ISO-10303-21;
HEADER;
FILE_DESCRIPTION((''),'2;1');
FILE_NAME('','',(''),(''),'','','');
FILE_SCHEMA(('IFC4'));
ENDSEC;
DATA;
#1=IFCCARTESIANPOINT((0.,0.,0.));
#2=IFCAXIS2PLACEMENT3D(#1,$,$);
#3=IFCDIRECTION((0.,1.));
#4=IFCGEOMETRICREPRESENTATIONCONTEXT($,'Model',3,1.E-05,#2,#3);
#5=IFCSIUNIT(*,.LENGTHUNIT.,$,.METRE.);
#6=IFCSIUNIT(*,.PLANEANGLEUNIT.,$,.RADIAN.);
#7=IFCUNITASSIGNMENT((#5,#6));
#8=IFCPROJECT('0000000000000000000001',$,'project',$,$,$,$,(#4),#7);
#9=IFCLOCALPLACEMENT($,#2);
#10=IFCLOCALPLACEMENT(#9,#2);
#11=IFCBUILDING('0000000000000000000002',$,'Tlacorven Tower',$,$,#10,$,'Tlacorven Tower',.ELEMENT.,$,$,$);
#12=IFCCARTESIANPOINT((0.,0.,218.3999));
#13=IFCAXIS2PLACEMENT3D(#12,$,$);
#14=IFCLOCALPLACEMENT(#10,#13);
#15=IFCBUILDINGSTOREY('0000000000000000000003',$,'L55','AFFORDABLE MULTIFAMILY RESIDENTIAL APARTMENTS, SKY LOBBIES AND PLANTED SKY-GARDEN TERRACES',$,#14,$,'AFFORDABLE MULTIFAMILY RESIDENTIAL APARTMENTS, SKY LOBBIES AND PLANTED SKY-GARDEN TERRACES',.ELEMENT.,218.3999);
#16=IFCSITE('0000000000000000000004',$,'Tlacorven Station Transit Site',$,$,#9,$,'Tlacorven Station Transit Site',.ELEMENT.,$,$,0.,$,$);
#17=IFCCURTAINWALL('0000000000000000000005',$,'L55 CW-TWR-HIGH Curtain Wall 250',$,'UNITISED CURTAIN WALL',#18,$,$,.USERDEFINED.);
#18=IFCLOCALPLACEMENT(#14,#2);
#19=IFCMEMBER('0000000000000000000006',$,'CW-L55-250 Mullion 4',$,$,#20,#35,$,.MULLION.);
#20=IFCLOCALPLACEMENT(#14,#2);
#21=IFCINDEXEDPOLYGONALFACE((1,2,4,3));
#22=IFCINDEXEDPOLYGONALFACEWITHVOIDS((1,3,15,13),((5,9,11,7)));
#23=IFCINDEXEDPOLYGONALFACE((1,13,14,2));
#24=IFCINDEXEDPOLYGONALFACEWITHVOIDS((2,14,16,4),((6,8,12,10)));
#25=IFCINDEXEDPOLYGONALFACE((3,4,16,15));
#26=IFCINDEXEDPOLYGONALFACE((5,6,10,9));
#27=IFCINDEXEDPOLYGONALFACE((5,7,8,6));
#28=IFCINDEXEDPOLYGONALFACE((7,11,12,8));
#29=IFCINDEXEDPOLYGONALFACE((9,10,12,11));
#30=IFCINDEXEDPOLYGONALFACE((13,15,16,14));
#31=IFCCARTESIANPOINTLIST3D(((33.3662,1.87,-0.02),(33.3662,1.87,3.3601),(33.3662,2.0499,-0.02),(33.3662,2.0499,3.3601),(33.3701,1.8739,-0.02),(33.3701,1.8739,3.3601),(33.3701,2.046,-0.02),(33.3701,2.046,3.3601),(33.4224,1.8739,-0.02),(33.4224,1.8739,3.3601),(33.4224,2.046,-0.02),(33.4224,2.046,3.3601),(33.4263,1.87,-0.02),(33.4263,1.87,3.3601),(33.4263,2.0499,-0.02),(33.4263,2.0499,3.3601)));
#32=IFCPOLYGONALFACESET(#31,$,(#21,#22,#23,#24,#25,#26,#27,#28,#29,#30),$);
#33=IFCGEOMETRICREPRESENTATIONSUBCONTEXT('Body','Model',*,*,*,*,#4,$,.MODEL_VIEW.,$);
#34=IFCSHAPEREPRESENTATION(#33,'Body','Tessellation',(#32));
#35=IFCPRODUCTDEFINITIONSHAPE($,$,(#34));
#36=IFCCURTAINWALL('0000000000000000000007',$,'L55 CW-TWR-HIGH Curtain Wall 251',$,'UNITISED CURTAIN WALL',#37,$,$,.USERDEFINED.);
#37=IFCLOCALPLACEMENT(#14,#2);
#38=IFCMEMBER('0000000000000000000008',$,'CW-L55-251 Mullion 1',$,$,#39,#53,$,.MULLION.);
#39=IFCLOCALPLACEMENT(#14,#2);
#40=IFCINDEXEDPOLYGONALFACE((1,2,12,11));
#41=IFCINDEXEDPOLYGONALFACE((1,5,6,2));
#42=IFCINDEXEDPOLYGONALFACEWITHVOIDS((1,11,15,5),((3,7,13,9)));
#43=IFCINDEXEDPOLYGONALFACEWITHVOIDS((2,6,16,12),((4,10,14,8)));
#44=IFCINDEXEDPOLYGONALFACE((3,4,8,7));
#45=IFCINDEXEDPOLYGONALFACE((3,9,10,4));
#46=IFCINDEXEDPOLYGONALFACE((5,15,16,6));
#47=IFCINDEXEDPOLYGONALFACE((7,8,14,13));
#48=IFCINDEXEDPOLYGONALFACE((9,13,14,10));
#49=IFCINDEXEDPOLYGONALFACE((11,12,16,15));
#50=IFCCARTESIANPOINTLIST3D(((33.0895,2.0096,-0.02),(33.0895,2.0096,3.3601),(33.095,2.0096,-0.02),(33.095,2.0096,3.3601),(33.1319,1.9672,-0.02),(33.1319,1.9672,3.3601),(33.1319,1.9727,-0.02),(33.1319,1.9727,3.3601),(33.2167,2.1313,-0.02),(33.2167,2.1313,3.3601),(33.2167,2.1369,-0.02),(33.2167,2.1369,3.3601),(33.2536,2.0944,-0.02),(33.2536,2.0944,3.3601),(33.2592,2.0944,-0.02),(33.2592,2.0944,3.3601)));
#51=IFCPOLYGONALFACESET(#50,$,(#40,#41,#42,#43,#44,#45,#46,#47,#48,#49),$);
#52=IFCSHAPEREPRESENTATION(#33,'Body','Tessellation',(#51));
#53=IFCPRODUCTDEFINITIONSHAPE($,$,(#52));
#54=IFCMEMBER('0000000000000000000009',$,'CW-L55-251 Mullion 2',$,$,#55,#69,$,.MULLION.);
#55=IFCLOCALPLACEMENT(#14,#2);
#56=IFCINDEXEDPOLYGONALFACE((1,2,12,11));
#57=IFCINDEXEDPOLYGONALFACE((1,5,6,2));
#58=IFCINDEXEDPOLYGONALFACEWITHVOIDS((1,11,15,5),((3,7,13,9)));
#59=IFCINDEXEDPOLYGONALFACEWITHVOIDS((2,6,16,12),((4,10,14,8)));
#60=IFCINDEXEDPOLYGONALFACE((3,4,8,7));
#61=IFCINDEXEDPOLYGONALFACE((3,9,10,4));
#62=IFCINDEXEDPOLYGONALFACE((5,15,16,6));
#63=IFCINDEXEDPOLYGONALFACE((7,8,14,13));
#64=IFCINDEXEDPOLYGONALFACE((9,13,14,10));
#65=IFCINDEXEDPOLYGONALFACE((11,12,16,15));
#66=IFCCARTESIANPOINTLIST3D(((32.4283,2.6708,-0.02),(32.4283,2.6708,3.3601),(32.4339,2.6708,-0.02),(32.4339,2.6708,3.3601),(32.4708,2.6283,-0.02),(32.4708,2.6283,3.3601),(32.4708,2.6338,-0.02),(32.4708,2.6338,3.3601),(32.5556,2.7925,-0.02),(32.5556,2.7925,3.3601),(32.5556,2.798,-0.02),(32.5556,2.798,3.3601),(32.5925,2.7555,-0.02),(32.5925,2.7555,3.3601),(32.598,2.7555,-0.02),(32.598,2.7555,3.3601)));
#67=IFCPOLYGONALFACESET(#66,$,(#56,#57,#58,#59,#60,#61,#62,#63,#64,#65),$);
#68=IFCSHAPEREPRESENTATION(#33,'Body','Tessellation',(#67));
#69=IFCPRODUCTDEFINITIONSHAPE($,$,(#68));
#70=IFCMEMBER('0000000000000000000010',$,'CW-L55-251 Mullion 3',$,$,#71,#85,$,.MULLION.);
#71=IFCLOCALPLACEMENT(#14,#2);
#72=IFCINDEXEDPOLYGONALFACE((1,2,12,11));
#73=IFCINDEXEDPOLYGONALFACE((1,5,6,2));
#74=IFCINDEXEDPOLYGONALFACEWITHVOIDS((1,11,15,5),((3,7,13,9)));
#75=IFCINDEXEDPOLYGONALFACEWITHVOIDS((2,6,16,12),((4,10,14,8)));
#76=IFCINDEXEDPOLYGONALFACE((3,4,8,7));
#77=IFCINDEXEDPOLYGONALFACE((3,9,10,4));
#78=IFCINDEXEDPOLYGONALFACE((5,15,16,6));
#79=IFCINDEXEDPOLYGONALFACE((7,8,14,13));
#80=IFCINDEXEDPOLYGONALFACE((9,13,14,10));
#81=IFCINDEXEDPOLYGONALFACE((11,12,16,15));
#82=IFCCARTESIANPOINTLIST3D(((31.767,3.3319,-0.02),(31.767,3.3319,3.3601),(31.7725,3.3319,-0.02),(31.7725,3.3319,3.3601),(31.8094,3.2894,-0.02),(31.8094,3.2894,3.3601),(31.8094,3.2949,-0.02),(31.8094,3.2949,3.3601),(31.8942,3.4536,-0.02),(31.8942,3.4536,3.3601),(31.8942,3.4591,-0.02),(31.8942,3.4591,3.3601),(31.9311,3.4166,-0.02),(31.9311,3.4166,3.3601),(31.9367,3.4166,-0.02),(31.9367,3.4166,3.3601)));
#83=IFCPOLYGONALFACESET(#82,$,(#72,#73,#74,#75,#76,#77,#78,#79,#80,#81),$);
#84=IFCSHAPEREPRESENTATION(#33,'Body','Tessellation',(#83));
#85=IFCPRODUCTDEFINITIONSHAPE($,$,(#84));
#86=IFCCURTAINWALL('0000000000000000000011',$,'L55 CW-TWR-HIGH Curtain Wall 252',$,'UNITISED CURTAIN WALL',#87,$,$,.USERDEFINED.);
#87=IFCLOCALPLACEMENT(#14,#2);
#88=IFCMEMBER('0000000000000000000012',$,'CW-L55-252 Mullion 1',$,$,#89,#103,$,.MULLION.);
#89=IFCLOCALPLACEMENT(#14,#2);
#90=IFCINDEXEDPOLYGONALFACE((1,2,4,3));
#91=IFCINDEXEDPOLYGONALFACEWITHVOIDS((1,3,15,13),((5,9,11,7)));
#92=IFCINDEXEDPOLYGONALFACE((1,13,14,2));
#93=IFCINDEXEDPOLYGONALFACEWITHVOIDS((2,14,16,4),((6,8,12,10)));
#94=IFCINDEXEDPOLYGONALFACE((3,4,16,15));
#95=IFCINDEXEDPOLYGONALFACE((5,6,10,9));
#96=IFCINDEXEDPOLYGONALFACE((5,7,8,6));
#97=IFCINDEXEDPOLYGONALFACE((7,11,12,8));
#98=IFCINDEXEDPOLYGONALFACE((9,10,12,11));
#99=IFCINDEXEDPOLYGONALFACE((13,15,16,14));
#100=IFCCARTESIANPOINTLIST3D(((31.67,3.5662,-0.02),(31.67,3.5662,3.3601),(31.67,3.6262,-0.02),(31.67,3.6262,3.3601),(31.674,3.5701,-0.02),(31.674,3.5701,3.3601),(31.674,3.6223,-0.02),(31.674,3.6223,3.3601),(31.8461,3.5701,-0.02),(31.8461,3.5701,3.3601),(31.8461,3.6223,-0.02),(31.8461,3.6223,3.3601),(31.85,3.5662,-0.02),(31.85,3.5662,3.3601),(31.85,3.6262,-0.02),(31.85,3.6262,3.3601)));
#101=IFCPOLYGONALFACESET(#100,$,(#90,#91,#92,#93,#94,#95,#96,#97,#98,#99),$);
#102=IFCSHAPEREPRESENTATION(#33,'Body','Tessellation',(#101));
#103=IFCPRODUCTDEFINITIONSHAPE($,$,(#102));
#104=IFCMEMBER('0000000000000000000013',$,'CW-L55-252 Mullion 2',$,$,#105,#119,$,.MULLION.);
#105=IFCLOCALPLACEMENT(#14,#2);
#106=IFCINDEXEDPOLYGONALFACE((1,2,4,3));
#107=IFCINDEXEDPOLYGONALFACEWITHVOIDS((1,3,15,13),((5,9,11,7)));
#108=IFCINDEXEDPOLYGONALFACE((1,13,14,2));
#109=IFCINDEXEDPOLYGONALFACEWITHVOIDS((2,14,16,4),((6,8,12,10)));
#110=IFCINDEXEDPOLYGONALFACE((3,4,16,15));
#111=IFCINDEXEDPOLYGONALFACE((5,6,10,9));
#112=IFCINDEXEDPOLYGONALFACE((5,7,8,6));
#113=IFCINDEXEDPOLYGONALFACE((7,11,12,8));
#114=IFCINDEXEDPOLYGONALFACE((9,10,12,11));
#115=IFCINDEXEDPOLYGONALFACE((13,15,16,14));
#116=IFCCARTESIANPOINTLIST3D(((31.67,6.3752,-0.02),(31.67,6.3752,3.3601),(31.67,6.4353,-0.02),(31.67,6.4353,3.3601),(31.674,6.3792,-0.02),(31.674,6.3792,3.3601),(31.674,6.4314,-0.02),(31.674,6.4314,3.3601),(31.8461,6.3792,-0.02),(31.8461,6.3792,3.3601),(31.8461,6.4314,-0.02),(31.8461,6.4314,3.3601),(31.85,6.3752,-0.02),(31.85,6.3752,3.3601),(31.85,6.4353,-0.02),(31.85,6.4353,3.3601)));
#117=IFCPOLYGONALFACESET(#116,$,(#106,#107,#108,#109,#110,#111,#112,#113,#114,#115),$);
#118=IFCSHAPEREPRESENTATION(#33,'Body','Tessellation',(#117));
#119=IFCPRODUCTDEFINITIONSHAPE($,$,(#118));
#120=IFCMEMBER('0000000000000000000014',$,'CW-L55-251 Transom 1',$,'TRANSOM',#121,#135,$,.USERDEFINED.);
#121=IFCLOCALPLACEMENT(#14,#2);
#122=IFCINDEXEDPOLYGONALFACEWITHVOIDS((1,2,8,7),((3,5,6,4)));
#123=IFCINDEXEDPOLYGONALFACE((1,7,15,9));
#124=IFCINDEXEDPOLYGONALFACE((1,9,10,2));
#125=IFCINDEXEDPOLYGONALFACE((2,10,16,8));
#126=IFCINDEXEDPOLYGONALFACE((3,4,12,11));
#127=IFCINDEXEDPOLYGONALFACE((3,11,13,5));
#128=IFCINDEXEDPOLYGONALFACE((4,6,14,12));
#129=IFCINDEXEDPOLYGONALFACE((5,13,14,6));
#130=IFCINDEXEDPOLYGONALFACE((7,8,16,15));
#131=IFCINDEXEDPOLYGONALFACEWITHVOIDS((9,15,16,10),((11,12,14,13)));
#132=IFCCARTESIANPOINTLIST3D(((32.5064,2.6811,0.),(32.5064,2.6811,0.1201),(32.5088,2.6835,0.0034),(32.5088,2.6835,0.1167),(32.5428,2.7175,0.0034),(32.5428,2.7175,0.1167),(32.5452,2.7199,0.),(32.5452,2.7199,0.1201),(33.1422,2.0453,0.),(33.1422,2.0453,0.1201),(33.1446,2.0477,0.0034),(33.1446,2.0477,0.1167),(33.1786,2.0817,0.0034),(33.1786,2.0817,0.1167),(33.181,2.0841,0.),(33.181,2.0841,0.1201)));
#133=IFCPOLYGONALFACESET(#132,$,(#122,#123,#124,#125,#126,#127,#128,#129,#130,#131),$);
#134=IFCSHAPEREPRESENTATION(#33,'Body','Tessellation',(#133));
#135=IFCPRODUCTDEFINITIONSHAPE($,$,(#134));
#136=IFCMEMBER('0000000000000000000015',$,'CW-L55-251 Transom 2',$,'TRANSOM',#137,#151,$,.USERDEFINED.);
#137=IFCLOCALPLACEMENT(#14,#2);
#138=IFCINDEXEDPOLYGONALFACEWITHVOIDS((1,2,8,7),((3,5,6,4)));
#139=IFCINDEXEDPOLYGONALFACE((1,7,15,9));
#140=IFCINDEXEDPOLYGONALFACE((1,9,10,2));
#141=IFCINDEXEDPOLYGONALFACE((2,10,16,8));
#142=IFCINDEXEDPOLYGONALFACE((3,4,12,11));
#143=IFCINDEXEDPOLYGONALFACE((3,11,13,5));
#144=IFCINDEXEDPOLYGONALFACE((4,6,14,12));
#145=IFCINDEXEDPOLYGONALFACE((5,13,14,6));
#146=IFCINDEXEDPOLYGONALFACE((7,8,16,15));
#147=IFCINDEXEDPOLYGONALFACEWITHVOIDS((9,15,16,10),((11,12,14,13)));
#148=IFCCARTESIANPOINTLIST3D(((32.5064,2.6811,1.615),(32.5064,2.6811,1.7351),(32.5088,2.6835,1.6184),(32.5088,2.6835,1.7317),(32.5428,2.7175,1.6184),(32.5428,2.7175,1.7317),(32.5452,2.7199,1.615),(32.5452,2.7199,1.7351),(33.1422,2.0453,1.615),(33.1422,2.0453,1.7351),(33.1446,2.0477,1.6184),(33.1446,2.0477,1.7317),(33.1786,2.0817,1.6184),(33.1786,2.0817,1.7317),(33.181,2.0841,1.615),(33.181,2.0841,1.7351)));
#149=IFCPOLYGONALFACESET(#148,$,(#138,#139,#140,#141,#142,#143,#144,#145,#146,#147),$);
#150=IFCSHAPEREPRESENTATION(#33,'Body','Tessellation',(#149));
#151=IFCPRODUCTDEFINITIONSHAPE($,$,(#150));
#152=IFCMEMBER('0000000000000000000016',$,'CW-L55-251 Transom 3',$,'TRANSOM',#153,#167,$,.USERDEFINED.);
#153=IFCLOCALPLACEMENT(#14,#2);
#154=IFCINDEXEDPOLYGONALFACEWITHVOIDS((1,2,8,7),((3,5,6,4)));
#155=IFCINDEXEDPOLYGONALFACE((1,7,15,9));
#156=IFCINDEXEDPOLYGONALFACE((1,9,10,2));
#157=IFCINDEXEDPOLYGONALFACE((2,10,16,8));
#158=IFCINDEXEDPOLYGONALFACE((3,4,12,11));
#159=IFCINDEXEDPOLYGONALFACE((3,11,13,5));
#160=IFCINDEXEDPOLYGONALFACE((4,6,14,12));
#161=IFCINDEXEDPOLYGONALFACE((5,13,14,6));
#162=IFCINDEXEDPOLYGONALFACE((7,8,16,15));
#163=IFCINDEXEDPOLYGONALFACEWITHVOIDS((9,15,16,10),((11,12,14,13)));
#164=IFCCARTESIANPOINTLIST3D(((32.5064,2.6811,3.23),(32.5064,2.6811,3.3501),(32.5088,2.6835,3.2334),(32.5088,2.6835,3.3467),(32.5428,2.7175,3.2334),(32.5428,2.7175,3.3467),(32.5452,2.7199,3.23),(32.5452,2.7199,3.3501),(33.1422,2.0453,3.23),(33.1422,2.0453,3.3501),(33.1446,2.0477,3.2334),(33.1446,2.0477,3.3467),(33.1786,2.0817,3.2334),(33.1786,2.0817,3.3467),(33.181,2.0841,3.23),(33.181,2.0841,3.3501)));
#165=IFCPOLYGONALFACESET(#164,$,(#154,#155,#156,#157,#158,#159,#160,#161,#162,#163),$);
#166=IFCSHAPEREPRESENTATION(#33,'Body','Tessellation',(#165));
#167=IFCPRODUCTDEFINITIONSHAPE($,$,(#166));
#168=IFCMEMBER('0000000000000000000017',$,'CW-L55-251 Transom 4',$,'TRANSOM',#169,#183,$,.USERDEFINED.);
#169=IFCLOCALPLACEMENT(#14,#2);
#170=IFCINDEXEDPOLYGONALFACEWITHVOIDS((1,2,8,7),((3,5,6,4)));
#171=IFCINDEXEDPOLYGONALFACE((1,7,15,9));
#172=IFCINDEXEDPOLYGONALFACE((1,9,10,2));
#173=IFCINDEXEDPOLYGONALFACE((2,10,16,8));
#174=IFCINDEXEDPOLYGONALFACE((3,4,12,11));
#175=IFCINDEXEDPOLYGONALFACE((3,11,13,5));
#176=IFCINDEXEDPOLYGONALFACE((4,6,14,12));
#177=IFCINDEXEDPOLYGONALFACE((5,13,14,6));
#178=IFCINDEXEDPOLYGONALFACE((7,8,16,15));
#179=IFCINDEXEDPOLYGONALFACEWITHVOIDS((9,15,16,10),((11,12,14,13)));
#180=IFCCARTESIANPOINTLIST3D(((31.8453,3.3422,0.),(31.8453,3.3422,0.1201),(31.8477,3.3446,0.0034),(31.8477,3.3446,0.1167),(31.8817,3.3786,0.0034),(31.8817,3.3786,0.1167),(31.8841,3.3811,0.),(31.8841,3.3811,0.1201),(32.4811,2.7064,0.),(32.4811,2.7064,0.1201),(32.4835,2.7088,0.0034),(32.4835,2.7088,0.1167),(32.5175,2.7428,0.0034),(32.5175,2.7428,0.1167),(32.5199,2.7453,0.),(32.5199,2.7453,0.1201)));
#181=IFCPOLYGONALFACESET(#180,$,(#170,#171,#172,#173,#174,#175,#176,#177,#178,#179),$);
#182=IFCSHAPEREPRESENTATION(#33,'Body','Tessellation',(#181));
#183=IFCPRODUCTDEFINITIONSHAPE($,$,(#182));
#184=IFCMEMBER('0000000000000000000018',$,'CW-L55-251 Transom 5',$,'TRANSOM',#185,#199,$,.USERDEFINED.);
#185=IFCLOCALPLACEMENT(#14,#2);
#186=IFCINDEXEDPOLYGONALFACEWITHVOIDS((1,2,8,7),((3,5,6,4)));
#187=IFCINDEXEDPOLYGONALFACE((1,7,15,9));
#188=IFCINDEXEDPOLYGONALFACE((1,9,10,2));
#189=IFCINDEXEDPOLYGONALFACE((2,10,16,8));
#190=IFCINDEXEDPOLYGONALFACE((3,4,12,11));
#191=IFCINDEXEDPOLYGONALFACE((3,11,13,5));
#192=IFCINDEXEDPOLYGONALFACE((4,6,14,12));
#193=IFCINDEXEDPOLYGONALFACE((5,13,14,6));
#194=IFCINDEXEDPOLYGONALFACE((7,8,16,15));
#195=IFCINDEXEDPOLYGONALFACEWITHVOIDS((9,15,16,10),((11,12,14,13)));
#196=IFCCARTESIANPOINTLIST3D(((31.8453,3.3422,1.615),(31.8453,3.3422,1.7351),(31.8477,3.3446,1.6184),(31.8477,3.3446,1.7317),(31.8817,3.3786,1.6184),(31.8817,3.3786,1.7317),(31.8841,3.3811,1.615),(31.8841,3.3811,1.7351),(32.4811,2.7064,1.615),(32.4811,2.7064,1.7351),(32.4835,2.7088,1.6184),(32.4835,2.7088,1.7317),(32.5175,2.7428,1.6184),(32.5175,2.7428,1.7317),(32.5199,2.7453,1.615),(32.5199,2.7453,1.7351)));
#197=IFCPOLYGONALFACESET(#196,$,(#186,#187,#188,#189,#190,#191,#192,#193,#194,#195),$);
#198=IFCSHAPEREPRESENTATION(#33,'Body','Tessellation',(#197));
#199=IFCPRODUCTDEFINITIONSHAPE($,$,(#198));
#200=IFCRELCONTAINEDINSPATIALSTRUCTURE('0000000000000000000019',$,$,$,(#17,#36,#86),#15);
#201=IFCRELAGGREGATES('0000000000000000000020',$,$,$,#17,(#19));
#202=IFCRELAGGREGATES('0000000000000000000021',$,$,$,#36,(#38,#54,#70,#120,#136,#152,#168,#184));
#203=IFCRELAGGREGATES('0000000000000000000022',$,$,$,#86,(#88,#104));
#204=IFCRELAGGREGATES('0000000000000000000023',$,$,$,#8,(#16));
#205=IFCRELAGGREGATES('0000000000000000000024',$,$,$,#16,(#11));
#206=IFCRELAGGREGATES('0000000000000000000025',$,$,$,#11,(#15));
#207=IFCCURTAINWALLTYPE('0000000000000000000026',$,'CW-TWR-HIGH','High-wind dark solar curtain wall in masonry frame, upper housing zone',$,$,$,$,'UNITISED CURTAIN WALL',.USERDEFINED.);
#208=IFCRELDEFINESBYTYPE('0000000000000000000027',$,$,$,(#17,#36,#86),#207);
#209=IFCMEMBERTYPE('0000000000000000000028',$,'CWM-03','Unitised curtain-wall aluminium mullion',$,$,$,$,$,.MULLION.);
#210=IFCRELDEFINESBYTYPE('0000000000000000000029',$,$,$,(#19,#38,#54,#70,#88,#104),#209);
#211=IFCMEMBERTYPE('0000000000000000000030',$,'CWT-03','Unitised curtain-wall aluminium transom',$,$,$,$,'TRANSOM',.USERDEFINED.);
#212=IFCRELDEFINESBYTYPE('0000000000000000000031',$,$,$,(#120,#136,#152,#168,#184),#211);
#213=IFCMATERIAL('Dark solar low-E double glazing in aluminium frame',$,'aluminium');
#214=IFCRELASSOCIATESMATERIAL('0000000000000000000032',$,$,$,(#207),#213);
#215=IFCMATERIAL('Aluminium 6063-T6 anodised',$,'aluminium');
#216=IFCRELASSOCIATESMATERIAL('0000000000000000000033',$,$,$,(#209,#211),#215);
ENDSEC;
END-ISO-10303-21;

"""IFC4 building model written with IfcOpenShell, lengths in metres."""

from ifc_helpers import new_model, si_unit, direction, frame, origin, origin_2d, place, context, subcontext, project, spatial, hollow_rectangle, extrude, source, transform, mapped, material, material_profile, profile_set, type_object, element, aggregate, save


model = new_model("IFC4")

# Units and contexts
model_context = context("Model", 3, precision=1e-05, world=origin(), true_north=direction((0.0, 1.0)))
body_context = subcontext(model_context, "Body", "Model", "MODEL_VIEW")
ifc_project = project(units=[si_unit("LENGTHUNIT", "METRE"), si_unit("PLANEANGLEUNIT", "RADIAN")], contexts=[model_context])

# Site, building, storey
site_placement = place(None, origin())
site = spatial("IfcSite", under=ifc_project, at=site_placement, Name="Tlacorven Station Transit Site", LongName="Tlacorven Station Transit Site", CompositionType="ELEMENT", RefElevation=0.0)
building_placement = place(site_placement, origin())
building = spatial("IfcBuilding", under=site, at=building_placement, Name="Tlacorven Tower", LongName="Tlacorven Tower", CompositionType="ELEMENT")
storey_placement = place(building_placement, frame((0.0, 0.0, 218.3999)))
storey = spatial("IfcBuildingStorey", under=building, at=storey_placement, Name="L55", Description="AFFORDABLE MULTIFAMILY RESIDENTIAL APARTMENTS, SKY LOBBIES AND PLANTED SKY-GARDEN TERRACES", LongName="AFFORDABLE MULTIFAMILY RESIDENTIAL APARTMENTS, SKY LOBBIES AND PLANTED SKY-GARDEN TERRACES", CompositionType="ELEMENT", Elevation=218.3999)

# Curtain wall, member
ifc_material_1 = material(Name="Dark solar low-E double glazing in aluminium frame", Category="aluminium")
curtain_wall_type = type_object("IfcCurtainWallType", Name="CW-TWR-HIGH", Description="High-wind dark solar curtain wall in masonry frame, upper housing zone", ElementType="UNITISED CURTAIN WALL", PredefinedType="USERDEFINED", material=ifc_material_1)
curtain_wall_1_placement = place(storey_placement, origin())
curtain_wall_1 = element("IfcCurtainWall", 1, at=curtain_wall_1_placement, inside=storey, type_object=curtain_wall_type, Name="L55 CW-TWR-HIGH Curtain Wall 250", ObjectType="UNITISED CURTAIN WALL", PredefinedType="USERDEFINED")
ifc_material_2 = material(Name="Aluminium 6063-T6 anodised", Category="aluminium")
ifc_material_profile_1 = material_profile(ifc_material_2, hollow_rectangle(XDim=0.0601, YDim=0.1799, WallThickness=0.0039, at=origin_2d()), Name="ALU MULLION 60X180")
ifc_profile_set_1 = profile_set([ifc_material_profile_1], Name="Aluminium 6063-T6 anodised")
member_type_1 = type_object("IfcMemberType", Name="CWM-03", Description="Unitised curtain-wall aluminium mullion", PredefinedType="MULLION", material=ifc_profile_set_1)
shared_shape_1 = source(origin(), body_context, "Body", "SweptSolid", [
    extrude(hollow_rectangle(XDim=0.0601, YDim=0.1799, WallThickness=0.0039, at=origin_2d()), origin(), (0.0, 0.0, 1.0), 3.3801),
])
member_1_placement = place(storey_placement, frame((33.3962, 1.96, -0.02), z_axis=(0.0, 0.0, 1.0), x_axis=(-1.0, 0.0, 0.0)))
member_1 = element("IfcMember", 2, at=member_1_placement, type_object=member_type_1, Name="CW-L55-250 Mullion 4", PredefinedType="MULLION", context=body_context, shape_type="MappedRepresentation", body=[
    mapped(shared_shape_1, transform((0.0, 0.0, 0.0), scale=1.0)),
])
aggregate(curtain_wall_1, [member_1])

# Curtain walls, members
curtain_wall_2_placement = place(storey_placement, origin())
curtain_wall_2 = element("IfcCurtainWall", 3, at=curtain_wall_2_placement, inside=storey, type_object=curtain_wall_type, Name="L55 CW-TWR-HIGH Curtain Wall 251", ObjectType="UNITISED CURTAIN WALL", PredefinedType="USERDEFINED")
member_2_placement = place(storey_placement, frame((33.1743, 2.052, -0.02), z_axis=(0.0, 0.0, 1.0), x_axis=(-0.707107, 0.707107, 0.0)))
member_2 = element("IfcMember", 4, at=member_2_placement, type_object=member_type_1, Name="CW-L55-251 Mullion 1", PredefinedType="MULLION", context=body_context, shape_type="MappedRepresentation", body=[
    mapped(shared_shape_1, transform((0.0, 0.0, 0.0), scale=1.0)),
])
member_3_placement = place(storey_placement, frame((32.5132, 2.7131, -0.02), z_axis=(0.0, 0.0, 1.0), x_axis=(-0.707107, 0.707107, 0.0)))
member_3 = element("IfcMember", 5, at=member_3_placement, type_object=member_type_1, Name="CW-L55-251 Mullion 2", PredefinedType="MULLION", context=body_context, shape_type="MappedRepresentation", body=[
    mapped(shared_shape_1, transform((0.0, 0.0, 0.0), scale=1.0)),
])
member_4_placement = place(storey_placement, frame((31.8518, 3.3743, -0.02), z_axis=(0.0, 0.0, 1.0), x_axis=(-0.707107, 0.707107, 0.0)))
member_4 = element("IfcMember", 6, at=member_4_placement, type_object=member_type_1, Name="CW-L55-251 Mullion 3", PredefinedType="MULLION", context=body_context, shape_type="MappedRepresentation", body=[
    mapped(shared_shape_1, transform((0.0, 0.0, 0.0), scale=1.0)),
])
curtain_wall_3_placement = place(storey_placement, origin())
curtain_wall_3 = element("IfcCurtainWall", 7, at=curtain_wall_3_placement, inside=storey, type_object=curtain_wall_type, Name="L55 CW-TWR-HIGH Curtain Wall 252", ObjectType="UNITISED CURTAIN WALL", PredefinedType="USERDEFINED")
member_5_placement = place(storey_placement, frame((31.76, 3.5962, -0.02), z_axis=(0.0, 0.0, 1.0), x_axis=(0.0, 1.0, 0.0)))
member_5 = element("IfcMember", 8, at=member_5_placement, type_object=member_type_1, Name="CW-L55-252 Mullion 1", PredefinedType="MULLION", context=body_context, shape_type="MappedRepresentation", body=[
    mapped(shared_shape_1, transform((0.0, 0.0, 0.0), scale=1.0)),
])
member_6_placement = place(storey_placement, frame((31.76, 6.4053, -0.02), z_axis=(0.0, 0.0, 1.0), x_axis=(0.0, 1.0, 0.0)))
member_6 = element("IfcMember", 9, at=member_6_placement, type_object=member_type_1, Name="CW-L55-252 Mullion 2", PredefinedType="MULLION", context=body_context, shape_type="MappedRepresentation", body=[
    mapped(shared_shape_1, transform((0.0, 0.0, 0.0), scale=1.0)),
])

# Members
ifc_material_profile_2 = material_profile(ifc_material_2, hollow_rectangle(XDim=0.0549, YDim=0.1201, WallThickness=0.0034, at=origin_2d()), Name="ALU TRANSOM 55X120")
ifc_profile_set_2 = profile_set([ifc_material_profile_2], Name="Aluminium 6063-T6 anodised")
member_type_2 = type_object("IfcMemberType", Name="CWT-03", Description="Unitised curtain-wall aluminium transom", ElementType="TRANSOM", PredefinedType="USERDEFINED", material=ifc_profile_set_2)
shared_shape_2 = source(origin(), body_context, "Body", "SweptSolid", [
    extrude(hollow_rectangle(XDim=0.0549, YDim=0.1201, WallThickness=0.0034, at=origin_2d()), origin(), (0.0, 0.0, 1.0), 0.8992),
])
member_7_placement = place(storey_placement, frame((33.1616, 2.0647, 0.0601), z_axis=(-0.707107, 0.707107, 0.0), x_axis=(-0.707107, -0.707107, 0.0)))
member_7 = element("IfcMember", 10, at=member_7_placement, type_object=member_type_2, Name="CW-L55-251 Transom 1", ObjectType="TRANSOM", PredefinedType="USERDEFINED", context=body_context, shape_type="MappedRepresentation", body=[
    mapped(shared_shape_2, transform((0.0, 0.0, 0.0), scale=1.0)),
])
member_8_placement = place(storey_placement, frame((33.1616, 2.0647, 1.675), z_axis=(-0.707107, 0.707107, 0.0), x_axis=(-0.707107, -0.707107, 0.0)))
member_8 = element("IfcMember", 11, at=member_8_placement, type_object=member_type_2, Name="CW-L55-251 Transom 2", ObjectType="TRANSOM", PredefinedType="USERDEFINED", context=body_context, shape_type="MappedRepresentation", body=[
    mapped(shared_shape_2, transform((0.0, 0.0, 0.0), scale=1.0)),
])
member_9_placement = place(storey_placement, frame((33.1616, 2.0647, 3.29), z_axis=(-0.707107, 0.707107, 0.0), x_axis=(-0.707107, -0.707107, 0.0)))
member_9 = element("IfcMember", 12, at=member_9_placement, type_object=member_type_2, Name="CW-L55-251 Transom 3", ObjectType="TRANSOM", PredefinedType="USERDEFINED", context=body_context, shape_type="MappedRepresentation", body=[
    mapped(shared_shape_2, transform((0.0, 0.0, 0.0), scale=1.0)),
])
member_10_placement = place(storey_placement, frame((32.5005, 2.7258, 0.0601), z_axis=(-0.707107, 0.707107, 0.0), x_axis=(-0.707107, -0.707107, 0.0)))
member_10 = element("IfcMember", 13, at=member_10_placement, type_object=member_type_2, Name="CW-L55-251 Transom 4", ObjectType="TRANSOM", PredefinedType="USERDEFINED", context=body_context, shape_type="MappedRepresentation", body=[
    mapped(shared_shape_2, transform((0.0, 0.0, 0.0), scale=1.0)),
])
member_11_placement = place(storey_placement, frame((32.5005, 2.7258, 1.675), z_axis=(-0.707107, 0.707107, 0.0), x_axis=(-0.707107, -0.707107, 0.0)))
member_11 = element("IfcMember", 14, at=member_11_placement, type_object=member_type_2, Name="CW-L55-251 Transom 5", ObjectType="TRANSOM", PredefinedType="USERDEFINED", context=body_context, shape_type="MappedRepresentation", body=[
    mapped(shared_shape_2, transform((0.0, 0.0, 0.0), scale=1.0)),
])

aggregate(curtain_wall_2, [member_2, member_3, member_4, member_7, member_8, member_9, member_10, member_11])
aggregate(curtain_wall_3, [member_5, member_6])

save(model, "model.ifc")
